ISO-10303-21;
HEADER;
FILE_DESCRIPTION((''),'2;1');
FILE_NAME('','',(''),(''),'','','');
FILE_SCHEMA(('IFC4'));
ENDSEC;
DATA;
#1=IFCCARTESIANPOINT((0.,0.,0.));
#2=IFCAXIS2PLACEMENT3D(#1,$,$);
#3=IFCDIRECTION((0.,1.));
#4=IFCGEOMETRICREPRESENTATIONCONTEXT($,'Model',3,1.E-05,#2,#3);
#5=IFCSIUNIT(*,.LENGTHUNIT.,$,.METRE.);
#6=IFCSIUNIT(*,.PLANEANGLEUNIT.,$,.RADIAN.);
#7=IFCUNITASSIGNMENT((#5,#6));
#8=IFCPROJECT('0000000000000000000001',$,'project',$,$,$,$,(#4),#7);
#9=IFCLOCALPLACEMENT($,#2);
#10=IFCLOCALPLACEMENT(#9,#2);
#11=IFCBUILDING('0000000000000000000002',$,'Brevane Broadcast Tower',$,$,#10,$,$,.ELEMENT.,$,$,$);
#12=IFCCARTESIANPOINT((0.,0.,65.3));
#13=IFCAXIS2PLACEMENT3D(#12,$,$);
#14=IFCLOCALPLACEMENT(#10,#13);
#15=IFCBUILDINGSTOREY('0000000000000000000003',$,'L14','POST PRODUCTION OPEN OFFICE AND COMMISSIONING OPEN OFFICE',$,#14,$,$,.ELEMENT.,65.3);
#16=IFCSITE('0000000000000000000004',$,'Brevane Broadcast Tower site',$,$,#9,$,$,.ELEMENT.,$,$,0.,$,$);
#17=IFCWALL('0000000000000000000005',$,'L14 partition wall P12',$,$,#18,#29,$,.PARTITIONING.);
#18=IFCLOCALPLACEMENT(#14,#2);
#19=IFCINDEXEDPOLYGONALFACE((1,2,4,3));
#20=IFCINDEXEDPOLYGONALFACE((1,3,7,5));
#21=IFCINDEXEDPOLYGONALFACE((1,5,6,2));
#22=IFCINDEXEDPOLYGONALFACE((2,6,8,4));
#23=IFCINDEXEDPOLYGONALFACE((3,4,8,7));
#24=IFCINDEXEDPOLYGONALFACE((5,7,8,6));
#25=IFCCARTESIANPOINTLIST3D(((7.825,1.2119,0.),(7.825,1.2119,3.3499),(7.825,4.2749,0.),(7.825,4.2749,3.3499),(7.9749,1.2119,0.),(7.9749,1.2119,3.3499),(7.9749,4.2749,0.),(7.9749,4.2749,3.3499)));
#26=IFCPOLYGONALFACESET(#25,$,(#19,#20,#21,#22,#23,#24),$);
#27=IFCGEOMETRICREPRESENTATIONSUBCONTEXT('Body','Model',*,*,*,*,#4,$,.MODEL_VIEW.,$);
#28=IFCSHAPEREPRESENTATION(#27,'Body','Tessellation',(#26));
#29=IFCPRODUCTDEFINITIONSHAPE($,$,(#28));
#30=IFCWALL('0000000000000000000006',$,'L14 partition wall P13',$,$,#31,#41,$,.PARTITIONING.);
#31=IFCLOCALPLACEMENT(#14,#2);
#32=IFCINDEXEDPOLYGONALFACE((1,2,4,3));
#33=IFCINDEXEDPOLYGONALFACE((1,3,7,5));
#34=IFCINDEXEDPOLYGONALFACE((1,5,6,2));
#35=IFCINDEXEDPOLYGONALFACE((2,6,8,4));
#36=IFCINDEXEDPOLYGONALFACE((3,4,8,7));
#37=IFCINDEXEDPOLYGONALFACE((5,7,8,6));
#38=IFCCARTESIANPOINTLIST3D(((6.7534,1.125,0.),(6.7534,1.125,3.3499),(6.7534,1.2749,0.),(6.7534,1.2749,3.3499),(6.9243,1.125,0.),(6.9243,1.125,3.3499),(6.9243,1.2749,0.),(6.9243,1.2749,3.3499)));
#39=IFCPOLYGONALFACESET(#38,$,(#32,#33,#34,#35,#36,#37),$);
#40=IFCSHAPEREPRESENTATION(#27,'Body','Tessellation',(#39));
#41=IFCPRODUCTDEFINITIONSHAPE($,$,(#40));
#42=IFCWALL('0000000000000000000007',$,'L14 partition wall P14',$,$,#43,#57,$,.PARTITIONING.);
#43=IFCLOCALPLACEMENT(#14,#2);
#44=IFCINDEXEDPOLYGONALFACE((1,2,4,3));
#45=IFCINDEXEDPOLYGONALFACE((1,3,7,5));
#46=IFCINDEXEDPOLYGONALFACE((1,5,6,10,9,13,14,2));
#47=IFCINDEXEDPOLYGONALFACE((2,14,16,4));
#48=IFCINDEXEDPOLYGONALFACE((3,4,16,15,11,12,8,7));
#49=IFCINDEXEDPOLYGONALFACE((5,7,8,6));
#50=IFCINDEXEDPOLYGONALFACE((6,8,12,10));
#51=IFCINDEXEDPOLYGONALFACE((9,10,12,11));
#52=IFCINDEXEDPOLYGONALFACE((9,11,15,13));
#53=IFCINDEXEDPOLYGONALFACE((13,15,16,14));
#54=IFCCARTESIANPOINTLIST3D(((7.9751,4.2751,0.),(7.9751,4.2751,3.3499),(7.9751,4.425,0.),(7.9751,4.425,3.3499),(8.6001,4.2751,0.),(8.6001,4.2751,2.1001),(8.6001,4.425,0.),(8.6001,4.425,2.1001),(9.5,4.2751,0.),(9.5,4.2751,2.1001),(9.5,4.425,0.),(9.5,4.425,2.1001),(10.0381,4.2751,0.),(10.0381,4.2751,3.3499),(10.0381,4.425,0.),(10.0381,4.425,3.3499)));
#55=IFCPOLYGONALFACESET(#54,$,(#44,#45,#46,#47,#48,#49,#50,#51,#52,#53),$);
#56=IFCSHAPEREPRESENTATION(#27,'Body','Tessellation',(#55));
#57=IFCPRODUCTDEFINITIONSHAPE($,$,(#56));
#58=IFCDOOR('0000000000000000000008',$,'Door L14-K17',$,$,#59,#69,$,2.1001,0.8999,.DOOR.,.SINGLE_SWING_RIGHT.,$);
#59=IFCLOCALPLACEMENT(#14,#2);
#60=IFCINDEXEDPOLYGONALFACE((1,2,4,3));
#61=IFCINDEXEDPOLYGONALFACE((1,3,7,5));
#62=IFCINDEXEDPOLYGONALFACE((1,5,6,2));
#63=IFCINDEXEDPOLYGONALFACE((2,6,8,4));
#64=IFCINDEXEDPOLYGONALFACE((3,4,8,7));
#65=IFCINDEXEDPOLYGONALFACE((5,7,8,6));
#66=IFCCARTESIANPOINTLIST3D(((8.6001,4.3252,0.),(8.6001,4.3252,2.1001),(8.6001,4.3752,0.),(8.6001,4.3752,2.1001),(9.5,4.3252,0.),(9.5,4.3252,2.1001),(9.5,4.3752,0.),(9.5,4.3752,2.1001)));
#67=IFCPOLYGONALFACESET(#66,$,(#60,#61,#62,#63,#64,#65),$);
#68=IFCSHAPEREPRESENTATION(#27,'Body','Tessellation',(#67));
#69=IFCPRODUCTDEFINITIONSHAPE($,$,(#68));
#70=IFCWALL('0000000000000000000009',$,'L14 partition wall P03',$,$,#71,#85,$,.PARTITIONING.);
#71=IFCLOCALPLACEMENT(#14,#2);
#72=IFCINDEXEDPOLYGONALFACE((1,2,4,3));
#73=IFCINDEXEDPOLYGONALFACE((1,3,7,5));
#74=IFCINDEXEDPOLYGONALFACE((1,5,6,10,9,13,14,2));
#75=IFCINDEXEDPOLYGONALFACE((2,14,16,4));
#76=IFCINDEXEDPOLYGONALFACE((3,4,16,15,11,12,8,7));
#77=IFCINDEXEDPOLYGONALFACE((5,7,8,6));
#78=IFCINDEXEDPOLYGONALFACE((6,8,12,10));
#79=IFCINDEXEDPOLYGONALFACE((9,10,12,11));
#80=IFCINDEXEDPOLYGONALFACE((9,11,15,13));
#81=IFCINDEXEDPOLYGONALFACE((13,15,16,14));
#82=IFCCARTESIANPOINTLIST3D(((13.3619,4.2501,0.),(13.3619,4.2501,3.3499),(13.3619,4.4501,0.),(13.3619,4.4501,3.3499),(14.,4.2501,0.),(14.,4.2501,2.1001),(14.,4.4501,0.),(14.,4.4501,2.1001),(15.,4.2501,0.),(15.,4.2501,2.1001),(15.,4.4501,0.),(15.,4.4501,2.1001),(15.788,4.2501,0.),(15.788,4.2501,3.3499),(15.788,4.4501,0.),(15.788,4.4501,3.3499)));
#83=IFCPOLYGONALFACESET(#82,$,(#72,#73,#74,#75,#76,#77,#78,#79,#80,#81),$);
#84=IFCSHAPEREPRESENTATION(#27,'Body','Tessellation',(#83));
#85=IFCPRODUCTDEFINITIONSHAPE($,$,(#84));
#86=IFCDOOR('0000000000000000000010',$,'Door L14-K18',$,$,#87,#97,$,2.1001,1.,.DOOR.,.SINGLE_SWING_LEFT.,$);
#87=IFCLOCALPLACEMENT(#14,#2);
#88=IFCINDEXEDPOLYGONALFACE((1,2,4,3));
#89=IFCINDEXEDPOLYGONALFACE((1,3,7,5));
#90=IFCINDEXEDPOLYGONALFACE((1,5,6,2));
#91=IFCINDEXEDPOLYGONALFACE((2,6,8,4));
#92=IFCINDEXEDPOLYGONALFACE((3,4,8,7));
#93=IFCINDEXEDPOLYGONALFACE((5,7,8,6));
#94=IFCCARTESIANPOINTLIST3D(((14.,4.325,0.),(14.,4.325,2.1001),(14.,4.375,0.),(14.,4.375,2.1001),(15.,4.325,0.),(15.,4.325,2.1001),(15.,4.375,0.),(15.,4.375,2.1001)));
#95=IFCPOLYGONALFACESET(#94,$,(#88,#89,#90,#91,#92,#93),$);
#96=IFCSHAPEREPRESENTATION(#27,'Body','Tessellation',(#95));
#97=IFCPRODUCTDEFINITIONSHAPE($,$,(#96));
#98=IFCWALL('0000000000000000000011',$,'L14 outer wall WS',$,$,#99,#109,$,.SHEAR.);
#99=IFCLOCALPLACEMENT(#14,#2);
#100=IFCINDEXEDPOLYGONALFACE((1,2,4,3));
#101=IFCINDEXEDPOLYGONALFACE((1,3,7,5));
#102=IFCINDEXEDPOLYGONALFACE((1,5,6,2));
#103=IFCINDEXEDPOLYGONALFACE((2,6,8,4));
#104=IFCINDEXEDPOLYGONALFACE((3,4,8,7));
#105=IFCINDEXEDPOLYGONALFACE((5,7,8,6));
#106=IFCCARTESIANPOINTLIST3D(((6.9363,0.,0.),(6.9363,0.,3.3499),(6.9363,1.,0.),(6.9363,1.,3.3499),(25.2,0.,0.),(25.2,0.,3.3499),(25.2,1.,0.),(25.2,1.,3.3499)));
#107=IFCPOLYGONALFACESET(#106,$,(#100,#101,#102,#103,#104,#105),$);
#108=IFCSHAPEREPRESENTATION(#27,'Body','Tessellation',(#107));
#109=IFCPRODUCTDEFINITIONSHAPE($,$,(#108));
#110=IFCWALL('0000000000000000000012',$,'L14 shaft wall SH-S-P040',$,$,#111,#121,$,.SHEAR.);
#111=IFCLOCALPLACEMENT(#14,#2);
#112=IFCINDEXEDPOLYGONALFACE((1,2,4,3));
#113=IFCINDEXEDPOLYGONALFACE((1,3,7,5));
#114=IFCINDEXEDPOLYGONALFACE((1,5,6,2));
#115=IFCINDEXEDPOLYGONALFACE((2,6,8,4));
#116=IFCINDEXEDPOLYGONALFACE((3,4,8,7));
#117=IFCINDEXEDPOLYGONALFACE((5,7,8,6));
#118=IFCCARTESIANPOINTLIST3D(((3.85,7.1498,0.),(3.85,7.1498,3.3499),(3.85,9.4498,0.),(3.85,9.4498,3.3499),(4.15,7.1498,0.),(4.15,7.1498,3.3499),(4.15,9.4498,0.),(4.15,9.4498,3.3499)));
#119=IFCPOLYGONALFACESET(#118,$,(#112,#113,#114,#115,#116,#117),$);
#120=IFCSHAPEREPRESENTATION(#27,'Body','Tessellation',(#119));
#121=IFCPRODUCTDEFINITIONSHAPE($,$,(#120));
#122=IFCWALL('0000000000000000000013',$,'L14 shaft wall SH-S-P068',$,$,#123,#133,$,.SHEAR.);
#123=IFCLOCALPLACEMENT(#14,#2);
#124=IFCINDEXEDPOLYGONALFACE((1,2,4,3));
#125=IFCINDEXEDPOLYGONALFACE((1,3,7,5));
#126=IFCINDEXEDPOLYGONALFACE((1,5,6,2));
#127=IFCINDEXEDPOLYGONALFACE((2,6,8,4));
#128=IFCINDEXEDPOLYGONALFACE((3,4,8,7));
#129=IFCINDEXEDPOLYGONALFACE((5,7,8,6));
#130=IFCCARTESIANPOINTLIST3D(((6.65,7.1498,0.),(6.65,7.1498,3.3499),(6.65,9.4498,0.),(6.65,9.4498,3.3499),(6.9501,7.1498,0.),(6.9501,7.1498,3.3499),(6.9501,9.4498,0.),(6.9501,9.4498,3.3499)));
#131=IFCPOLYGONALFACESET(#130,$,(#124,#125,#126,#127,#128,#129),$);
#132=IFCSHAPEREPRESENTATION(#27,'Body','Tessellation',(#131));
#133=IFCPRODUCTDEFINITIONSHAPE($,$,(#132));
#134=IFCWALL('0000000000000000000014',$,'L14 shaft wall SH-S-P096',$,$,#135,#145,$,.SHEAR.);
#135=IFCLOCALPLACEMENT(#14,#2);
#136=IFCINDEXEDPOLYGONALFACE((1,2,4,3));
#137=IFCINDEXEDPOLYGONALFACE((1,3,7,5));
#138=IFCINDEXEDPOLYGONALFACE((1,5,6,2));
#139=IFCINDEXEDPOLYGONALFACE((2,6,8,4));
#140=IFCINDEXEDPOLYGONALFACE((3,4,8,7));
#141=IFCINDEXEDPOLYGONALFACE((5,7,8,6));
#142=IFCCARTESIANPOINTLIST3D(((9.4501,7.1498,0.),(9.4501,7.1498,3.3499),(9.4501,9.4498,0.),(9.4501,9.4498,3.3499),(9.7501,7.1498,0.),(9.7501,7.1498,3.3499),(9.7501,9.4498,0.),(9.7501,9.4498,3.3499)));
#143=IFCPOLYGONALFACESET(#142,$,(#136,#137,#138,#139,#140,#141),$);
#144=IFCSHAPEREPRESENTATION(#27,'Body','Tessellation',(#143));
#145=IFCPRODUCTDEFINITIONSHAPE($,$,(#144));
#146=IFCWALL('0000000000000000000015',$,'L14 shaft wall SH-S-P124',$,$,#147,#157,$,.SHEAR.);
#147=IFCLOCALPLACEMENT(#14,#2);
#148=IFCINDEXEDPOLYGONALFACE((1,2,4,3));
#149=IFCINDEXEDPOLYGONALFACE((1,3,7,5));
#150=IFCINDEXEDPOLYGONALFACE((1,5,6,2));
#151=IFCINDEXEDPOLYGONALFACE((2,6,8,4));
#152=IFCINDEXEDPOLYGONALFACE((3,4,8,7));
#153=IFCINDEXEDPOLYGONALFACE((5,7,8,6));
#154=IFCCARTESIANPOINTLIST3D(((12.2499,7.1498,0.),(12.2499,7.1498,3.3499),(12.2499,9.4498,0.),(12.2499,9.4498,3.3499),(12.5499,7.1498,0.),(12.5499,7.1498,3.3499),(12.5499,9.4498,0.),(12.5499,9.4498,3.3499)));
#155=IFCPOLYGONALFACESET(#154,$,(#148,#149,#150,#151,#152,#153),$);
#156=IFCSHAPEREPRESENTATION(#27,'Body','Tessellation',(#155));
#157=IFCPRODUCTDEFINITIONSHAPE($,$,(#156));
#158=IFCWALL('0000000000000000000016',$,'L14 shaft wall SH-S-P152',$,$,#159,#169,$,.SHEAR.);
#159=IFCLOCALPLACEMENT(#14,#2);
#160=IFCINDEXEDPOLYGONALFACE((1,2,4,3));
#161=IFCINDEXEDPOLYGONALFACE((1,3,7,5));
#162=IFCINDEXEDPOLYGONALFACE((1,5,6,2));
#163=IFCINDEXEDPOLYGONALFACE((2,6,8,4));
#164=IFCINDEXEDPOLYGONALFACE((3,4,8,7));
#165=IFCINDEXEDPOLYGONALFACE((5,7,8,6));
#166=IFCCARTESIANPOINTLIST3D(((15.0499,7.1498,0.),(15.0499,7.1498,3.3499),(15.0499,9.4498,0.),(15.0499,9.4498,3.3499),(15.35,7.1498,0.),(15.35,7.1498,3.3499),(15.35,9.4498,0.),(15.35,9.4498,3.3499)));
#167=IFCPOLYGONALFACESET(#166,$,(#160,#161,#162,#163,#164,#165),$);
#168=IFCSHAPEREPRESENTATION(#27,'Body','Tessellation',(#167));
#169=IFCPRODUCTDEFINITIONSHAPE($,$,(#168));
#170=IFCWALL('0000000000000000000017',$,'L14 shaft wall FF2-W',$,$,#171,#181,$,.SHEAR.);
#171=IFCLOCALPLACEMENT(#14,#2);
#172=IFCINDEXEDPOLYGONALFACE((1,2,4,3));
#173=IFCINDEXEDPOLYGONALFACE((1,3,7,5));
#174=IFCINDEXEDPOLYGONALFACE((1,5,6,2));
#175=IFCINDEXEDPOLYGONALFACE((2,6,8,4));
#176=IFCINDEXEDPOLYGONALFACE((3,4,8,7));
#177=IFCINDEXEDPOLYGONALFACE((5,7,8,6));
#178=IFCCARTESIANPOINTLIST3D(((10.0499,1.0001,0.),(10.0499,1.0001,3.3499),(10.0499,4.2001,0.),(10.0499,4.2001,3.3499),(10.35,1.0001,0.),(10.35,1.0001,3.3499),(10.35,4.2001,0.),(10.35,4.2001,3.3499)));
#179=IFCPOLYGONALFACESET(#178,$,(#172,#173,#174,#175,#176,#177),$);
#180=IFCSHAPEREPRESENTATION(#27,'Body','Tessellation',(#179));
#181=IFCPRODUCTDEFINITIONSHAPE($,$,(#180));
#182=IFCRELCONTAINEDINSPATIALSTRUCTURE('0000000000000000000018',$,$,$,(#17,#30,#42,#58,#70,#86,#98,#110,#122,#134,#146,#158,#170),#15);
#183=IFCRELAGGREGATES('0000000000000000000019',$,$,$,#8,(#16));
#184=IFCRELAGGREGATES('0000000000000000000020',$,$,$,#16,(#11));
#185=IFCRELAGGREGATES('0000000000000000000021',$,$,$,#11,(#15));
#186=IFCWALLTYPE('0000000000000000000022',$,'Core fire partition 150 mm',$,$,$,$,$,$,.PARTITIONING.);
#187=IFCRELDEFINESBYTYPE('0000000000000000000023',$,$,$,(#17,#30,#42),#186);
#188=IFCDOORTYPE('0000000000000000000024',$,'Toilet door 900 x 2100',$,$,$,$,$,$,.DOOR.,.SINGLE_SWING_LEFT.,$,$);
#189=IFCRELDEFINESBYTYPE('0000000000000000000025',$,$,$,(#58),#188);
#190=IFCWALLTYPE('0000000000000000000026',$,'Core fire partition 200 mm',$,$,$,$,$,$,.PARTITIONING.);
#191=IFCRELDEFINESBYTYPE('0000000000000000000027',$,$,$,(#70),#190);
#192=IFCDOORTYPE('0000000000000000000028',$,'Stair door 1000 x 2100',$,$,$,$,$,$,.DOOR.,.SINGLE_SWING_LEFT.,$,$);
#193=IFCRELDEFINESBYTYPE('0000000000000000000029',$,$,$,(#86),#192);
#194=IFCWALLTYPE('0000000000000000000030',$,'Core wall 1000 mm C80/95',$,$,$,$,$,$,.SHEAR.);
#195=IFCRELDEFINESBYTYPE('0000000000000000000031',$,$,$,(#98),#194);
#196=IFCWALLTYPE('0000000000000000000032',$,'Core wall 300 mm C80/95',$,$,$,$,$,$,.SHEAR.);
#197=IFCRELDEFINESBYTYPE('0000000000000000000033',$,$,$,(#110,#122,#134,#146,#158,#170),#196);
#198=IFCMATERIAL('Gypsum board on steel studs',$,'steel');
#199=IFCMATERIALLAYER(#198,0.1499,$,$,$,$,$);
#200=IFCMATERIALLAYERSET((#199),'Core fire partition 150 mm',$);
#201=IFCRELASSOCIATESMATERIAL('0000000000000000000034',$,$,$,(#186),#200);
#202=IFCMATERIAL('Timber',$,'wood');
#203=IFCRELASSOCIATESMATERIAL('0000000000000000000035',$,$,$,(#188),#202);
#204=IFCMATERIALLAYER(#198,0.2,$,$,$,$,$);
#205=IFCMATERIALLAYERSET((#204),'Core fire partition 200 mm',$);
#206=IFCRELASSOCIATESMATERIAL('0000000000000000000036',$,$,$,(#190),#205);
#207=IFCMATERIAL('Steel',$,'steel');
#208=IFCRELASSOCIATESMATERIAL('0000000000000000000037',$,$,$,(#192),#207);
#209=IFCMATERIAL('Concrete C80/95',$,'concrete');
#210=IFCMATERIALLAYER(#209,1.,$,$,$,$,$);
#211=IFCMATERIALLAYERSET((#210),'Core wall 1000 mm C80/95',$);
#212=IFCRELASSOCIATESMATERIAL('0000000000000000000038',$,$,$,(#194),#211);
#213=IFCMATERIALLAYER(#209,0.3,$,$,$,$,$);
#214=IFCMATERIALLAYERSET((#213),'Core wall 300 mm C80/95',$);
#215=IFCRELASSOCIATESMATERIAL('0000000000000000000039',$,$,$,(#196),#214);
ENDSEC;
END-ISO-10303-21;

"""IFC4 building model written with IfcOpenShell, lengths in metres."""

from ifc_helpers import new_model, si_unit, direction, frame, frame_2d, origin, place, context, subcontext, project, spatial, rectangle, extrude, material, layer, layer_set, type_object, element, fill, save


model = new_model("IFC4")

# Units and contexts
model_context = context("Model", 3, precision=1e-05, world=origin(), true_north=direction((0.0, 1.0)))
body_context = subcontext(model_context, "Body", "Model", "MODEL_VIEW")
ifc_project = project(units=[si_unit("LENGTHUNIT", "METRE"), si_unit("PLANEANGLEUNIT", "RADIAN")], contexts=[model_context])

# Site, building, storey
site_placement = place(None, origin())
site = spatial("IfcSite", under=ifc_project, at=site_placement, Name="Brevane Broadcast Tower site", CompositionType="ELEMENT", RefElevation=0.0)
building_placement = place(site_placement, origin())
building = spatial("IfcBuilding", under=site, at=building_placement, Name="Brevane Broadcast Tower", CompositionType="ELEMENT")
storey_placement = place(building_placement, frame((0.0, 0.0, 65.3)))
storey = spatial("IfcBuildingStorey", under=building, at=storey_placement, Name="L14", Description="POST PRODUCTION OPEN OFFICE AND COMMISSIONING OPEN OFFICE", CompositionType="ELEMENT", Elevation=65.3)

# Shared definitions
ifc_material_1 = material(Name="Gypsum board on steel studs", Category="steel")
ifc_layer_1 = layer(ifc_material_1, 0.1499)
ifc_layer_set_1 = layer_set([ifc_layer_1], Name="Core fire partition 150 mm")
wall_type_1 = type_object("IfcWallType", Name="Core fire partition 150 mm", PredefinedType="PARTITIONING", material=ifc_layer_set_1)

# Shared definitions
ifc_material_2 = material(Name="Timber", Category="wood")
door_type_1 = type_object("IfcDoorType", Name="Toilet door 900 x 2100", OperationType="SINGLE_SWING_LEFT", PredefinedType="DOOR", material=ifc_material_2)

# Walls
wall_1_placement = place(storey_placement, frame((7.8999, 4.2749, 0.0), z_axis=(0.0, 0.0, 1.0), x_axis=(0.0, -1.0, 0.0)))
element("IfcWall", 1, at=wall_1_placement, inside=storey, type_object=wall_type_1, Name="L14 partition wall P12", PredefinedType="PARTITIONING", context=body_context, shape_type="SweptSolid", body=[
    extrude(rectangle(XDim=3.063, YDim=0.1499, at=frame_2d((1.5315, 0.0))), origin(), (0.0, 0.0, 1.0), 3.3499),
])
wall_2_placement = place(storey_placement, frame((6.9243, 1.2, 0.0), z_axis=(0.0, 0.0, 1.0), x_axis=(-1.0, 0.0, 0.0)))
element("IfcWall", 2, at=wall_2_placement, inside=storey, type_object=wall_type_1, Name="L14 partition wall P13", PredefinedType="PARTITIONING", context=body_context, shape_type="SweptSolid", body=[
    extrude(rectangle(XDim=0.1709, YDim=0.1499, at=frame_2d((0.0854, 0.0))), origin(), (0.0, 0.0, 1.0), 3.3499),
])

# Walls, openings, doors
wall_3_placement = place(storey_placement, frame((10.0381, 4.3501, 0.0), z_axis=(0.0, 0.0, 1.0), x_axis=(-1.0, 0.0, 0.0)))
wall_3 = element("IfcWall", 3, at=wall_3_placement, inside=storey, type_object=wall_type_1, Name="L14 partition wall P14", PredefinedType="PARTITIONING", context=body_context, shape_type="SweptSolid", body=[
    extrude(rectangle(XDim=2.063, YDim=0.1499, at=frame_2d((1.0315, 0.0))), origin(), (0.0, 0.0, 1.0), 3.3499),
])
opening_1_placement = place(wall_3_placement, frame((0.5381, 0.0, 0.0)))
opening_1 = element("IfcOpeningElement", 4, at=opening_1_placement, cuts=wall_3, PredefinedType="OPENING", context=body_context, shape_type="SweptSolid", body=[
    extrude(rectangle(XDim=0.8999, YDim=2.1001, at=frame_2d((0.45, 1.05))), frame((0.0, 0.085, 0.0), z_axis=(0.0, -1.0, 0.0), x_axis=(1.0, 0.0, 0.0)), (0.0, 0.0, 1.0), 0.1699),
])
door_1_placement = place(opening_1_placement, origin())
door_1 = element("IfcDoor", 5, at=door_1_placement, inside=storey, type_object=door_type_1, Name="Door L14-K17", OperationType="SINGLE_SWING_RIGHT", OverallHeight=2.1001, OverallWidth=0.8999, PredefinedType="DOOR", context=body_context, shape_type="SweptSolid", body=[
    extrude(rectangle(XDim=0.8999, YDim=2.1001, at=frame_2d((0.45, 1.05))), frame((0.0, 0.0249, 0.0), z_axis=(0.0, -1.0, 0.0), x_axis=(1.0, 0.0, 0.0)), (0.0, 0.0, 1.0), 0.05),
])
fill(opening_1, door_1)
ifc_layer_2 = layer(ifc_material_1, 0.2)
ifc_layer_set_2 = layer_set([ifc_layer_2], Name="Core fire partition 200 mm")
wall_type_2 = type_object("IfcWallType", Name="Core fire partition 200 mm", PredefinedType="PARTITIONING", material=ifc_layer_set_2)
wall_4_placement = place(storey_placement, frame((13.3621, 4.3501, 0.0), z_axis=(0.0, 0.0, 1.0), x_axis=(1.0, 0.0, 0.0)))
wall_4 = element("IfcWall", 6, at=wall_4_placement, inside=storey, type_object=wall_type_2, Name="L14 partition wall P03", PredefinedType="PARTITIONING", context=body_context, shape_type="SweptSolid", body=[
    extrude(rectangle(XDim=2.426, YDim=0.2, at=frame_2d((1.2129, 0.0))), origin(), (0.0, 0.0, 1.0), 3.3499),
])
opening_2_placement = place(wall_4_placement, frame((0.6379, 0.0, 0.0)))
opening_2 = element("IfcOpeningElement", 7, at=opening_2_placement, cuts=wall_4, PredefinedType="OPENING", context=body_context, shape_type="SweptSolid", body=[
    extrude(rectangle(XDim=1.0, YDim=2.1001, at=frame_2d((0.5, 1.05))), frame((0.0, 0.1099, 0.0), z_axis=(0.0, -1.0, 0.0), x_axis=(1.0, 0.0, 0.0)), (0.0, 0.0, 1.0), 0.22),
])
ifc_material_3 = material(Name="Steel", Category="steel")
door_type_2 = type_object("IfcDoorType", Name="Stair door 1000 x 2100", OperationType="SINGLE_SWING_LEFT", PredefinedType="DOOR", material=ifc_material_3)
door_2_placement = place(opening_2_placement, origin())
door_2 = element("IfcDoor", 8, at=door_2_placement, inside=storey, type_object=door_type_2, Name="Door L14-K18", OperationType="SINGLE_SWING_LEFT", OverallHeight=2.1001, OverallWidth=1.0, PredefinedType="DOOR", context=body_context, shape_type="SweptSolid", body=[
    extrude(rectangle(XDim=1.0, YDim=2.1001, at=frame_2d((0.5, 1.05))), frame((0.0, 0.0249, 0.0), z_axis=(0.0, -1.0, 0.0), x_axis=(1.0, 0.0, 0.0)), (0.0, 0.0, 1.0), 0.05),
])
fill(opening_2, door_2)

# Walls
ifc_material_4 = material(Name="Concrete C80/95", Category="concrete")
ifc_layer_3 = layer(ifc_material_4, 1.0)
ifc_layer_set_3 = layer_set([ifc_layer_3], Name="Core wall 1000 mm C80/95")
wall_type_3 = type_object("IfcWallType", Name="Core wall 1000 mm C80/95", PredefinedType="SHEAR", material=ifc_layer_set_3)
wall_5_placement = place(storey_placement, frame((6.9363, 0.5, 0.0), z_axis=(0.0, 0.0, 1.0), x_axis=(1.0, 0.0, 0.0)))
element("IfcWall", 9, at=wall_5_placement, inside=storey, type_object=wall_type_3, Name="L14 outer wall WS", PredefinedType="SHEAR", context=body_context, shape_type="SweptSolid", body=[
    extrude(rectangle(XDim=18.2637, YDim=1.0, at=frame_2d((9.1318, 0.0))), origin(), (0.0, 0.0, 1.0), 3.3499),
])
ifc_layer_4 = layer(ifc_material_4, 0.3)
ifc_layer_set_4 = layer_set([ifc_layer_4], Name="Core wall 300 mm C80/95")
wall_type_4 = type_object("IfcWallType", Name="Core wall 300 mm C80/95", PredefinedType="SHEAR", material=ifc_layer_set_4)
for number, where, z_axis, x_axis, name in (
    (10, (4.0, 7.1499, 0.0), (0.0, 0.0, 1.0), (0.0, 1.0, 0.0), "L14 shaft wall SH-S-P040"),
    (11, (6.8, 7.1499, 0.0), (0.0, 0.0, 1.0), (0.0, 1.0, 0.0), "L14 shaft wall SH-S-P068"),
    (12, (9.6001, 7.1499, 0.0), (0.0, 0.0, 1.0), (0.0, 1.0, 0.0), "L14 shaft wall SH-S-P096"),
    (13, (12.3999, 7.1499, 0.0), (0.0, 0.0, 1.0), (0.0, 1.0, 0.0), "L14 shaft wall SH-S-P124"),
    (14, (15.2, 7.1499, 0.0), (0.0, 0.0, 1.0), (0.0, 1.0, 0.0), "L14 shaft wall SH-S-P152"),
):
    element("IfcWall", number, at=place(storey_placement, frame(where, z_axis=z_axis, x_axis=x_axis)), inside=storey, type_object=wall_type_4, Name=name, PredefinedType="SHEAR", context=body_context, shape_type="SweptSolid", body=[
        extrude(rectangle(XDim=2.3, YDim=0.3, at=frame_2d((1.1499, 0.0))), origin(), (0.0, 0.0, 1.0), 3.3499),
    ])
wall_6_placement = place(storey_placement, frame((10.2, 1.0, 0.0), z_axis=(0.0, 0.0, 1.0), x_axis=(0.0, 1.0, 0.0)))
element("IfcWall", 15, at=wall_6_placement, inside=storey, type_object=wall_type_4, Name="L14 shaft wall FF2-W", PredefinedType="SHEAR", context=body_context, shape_type="SweptSolid", body=[
    extrude(rectangle(XDim=3.2, YDim=0.3, at=frame_2d((1.6001, 0.0))), origin(), (0.0, 0.0, 1.0), 3.3499),
])

save(model, "model.ifc")
